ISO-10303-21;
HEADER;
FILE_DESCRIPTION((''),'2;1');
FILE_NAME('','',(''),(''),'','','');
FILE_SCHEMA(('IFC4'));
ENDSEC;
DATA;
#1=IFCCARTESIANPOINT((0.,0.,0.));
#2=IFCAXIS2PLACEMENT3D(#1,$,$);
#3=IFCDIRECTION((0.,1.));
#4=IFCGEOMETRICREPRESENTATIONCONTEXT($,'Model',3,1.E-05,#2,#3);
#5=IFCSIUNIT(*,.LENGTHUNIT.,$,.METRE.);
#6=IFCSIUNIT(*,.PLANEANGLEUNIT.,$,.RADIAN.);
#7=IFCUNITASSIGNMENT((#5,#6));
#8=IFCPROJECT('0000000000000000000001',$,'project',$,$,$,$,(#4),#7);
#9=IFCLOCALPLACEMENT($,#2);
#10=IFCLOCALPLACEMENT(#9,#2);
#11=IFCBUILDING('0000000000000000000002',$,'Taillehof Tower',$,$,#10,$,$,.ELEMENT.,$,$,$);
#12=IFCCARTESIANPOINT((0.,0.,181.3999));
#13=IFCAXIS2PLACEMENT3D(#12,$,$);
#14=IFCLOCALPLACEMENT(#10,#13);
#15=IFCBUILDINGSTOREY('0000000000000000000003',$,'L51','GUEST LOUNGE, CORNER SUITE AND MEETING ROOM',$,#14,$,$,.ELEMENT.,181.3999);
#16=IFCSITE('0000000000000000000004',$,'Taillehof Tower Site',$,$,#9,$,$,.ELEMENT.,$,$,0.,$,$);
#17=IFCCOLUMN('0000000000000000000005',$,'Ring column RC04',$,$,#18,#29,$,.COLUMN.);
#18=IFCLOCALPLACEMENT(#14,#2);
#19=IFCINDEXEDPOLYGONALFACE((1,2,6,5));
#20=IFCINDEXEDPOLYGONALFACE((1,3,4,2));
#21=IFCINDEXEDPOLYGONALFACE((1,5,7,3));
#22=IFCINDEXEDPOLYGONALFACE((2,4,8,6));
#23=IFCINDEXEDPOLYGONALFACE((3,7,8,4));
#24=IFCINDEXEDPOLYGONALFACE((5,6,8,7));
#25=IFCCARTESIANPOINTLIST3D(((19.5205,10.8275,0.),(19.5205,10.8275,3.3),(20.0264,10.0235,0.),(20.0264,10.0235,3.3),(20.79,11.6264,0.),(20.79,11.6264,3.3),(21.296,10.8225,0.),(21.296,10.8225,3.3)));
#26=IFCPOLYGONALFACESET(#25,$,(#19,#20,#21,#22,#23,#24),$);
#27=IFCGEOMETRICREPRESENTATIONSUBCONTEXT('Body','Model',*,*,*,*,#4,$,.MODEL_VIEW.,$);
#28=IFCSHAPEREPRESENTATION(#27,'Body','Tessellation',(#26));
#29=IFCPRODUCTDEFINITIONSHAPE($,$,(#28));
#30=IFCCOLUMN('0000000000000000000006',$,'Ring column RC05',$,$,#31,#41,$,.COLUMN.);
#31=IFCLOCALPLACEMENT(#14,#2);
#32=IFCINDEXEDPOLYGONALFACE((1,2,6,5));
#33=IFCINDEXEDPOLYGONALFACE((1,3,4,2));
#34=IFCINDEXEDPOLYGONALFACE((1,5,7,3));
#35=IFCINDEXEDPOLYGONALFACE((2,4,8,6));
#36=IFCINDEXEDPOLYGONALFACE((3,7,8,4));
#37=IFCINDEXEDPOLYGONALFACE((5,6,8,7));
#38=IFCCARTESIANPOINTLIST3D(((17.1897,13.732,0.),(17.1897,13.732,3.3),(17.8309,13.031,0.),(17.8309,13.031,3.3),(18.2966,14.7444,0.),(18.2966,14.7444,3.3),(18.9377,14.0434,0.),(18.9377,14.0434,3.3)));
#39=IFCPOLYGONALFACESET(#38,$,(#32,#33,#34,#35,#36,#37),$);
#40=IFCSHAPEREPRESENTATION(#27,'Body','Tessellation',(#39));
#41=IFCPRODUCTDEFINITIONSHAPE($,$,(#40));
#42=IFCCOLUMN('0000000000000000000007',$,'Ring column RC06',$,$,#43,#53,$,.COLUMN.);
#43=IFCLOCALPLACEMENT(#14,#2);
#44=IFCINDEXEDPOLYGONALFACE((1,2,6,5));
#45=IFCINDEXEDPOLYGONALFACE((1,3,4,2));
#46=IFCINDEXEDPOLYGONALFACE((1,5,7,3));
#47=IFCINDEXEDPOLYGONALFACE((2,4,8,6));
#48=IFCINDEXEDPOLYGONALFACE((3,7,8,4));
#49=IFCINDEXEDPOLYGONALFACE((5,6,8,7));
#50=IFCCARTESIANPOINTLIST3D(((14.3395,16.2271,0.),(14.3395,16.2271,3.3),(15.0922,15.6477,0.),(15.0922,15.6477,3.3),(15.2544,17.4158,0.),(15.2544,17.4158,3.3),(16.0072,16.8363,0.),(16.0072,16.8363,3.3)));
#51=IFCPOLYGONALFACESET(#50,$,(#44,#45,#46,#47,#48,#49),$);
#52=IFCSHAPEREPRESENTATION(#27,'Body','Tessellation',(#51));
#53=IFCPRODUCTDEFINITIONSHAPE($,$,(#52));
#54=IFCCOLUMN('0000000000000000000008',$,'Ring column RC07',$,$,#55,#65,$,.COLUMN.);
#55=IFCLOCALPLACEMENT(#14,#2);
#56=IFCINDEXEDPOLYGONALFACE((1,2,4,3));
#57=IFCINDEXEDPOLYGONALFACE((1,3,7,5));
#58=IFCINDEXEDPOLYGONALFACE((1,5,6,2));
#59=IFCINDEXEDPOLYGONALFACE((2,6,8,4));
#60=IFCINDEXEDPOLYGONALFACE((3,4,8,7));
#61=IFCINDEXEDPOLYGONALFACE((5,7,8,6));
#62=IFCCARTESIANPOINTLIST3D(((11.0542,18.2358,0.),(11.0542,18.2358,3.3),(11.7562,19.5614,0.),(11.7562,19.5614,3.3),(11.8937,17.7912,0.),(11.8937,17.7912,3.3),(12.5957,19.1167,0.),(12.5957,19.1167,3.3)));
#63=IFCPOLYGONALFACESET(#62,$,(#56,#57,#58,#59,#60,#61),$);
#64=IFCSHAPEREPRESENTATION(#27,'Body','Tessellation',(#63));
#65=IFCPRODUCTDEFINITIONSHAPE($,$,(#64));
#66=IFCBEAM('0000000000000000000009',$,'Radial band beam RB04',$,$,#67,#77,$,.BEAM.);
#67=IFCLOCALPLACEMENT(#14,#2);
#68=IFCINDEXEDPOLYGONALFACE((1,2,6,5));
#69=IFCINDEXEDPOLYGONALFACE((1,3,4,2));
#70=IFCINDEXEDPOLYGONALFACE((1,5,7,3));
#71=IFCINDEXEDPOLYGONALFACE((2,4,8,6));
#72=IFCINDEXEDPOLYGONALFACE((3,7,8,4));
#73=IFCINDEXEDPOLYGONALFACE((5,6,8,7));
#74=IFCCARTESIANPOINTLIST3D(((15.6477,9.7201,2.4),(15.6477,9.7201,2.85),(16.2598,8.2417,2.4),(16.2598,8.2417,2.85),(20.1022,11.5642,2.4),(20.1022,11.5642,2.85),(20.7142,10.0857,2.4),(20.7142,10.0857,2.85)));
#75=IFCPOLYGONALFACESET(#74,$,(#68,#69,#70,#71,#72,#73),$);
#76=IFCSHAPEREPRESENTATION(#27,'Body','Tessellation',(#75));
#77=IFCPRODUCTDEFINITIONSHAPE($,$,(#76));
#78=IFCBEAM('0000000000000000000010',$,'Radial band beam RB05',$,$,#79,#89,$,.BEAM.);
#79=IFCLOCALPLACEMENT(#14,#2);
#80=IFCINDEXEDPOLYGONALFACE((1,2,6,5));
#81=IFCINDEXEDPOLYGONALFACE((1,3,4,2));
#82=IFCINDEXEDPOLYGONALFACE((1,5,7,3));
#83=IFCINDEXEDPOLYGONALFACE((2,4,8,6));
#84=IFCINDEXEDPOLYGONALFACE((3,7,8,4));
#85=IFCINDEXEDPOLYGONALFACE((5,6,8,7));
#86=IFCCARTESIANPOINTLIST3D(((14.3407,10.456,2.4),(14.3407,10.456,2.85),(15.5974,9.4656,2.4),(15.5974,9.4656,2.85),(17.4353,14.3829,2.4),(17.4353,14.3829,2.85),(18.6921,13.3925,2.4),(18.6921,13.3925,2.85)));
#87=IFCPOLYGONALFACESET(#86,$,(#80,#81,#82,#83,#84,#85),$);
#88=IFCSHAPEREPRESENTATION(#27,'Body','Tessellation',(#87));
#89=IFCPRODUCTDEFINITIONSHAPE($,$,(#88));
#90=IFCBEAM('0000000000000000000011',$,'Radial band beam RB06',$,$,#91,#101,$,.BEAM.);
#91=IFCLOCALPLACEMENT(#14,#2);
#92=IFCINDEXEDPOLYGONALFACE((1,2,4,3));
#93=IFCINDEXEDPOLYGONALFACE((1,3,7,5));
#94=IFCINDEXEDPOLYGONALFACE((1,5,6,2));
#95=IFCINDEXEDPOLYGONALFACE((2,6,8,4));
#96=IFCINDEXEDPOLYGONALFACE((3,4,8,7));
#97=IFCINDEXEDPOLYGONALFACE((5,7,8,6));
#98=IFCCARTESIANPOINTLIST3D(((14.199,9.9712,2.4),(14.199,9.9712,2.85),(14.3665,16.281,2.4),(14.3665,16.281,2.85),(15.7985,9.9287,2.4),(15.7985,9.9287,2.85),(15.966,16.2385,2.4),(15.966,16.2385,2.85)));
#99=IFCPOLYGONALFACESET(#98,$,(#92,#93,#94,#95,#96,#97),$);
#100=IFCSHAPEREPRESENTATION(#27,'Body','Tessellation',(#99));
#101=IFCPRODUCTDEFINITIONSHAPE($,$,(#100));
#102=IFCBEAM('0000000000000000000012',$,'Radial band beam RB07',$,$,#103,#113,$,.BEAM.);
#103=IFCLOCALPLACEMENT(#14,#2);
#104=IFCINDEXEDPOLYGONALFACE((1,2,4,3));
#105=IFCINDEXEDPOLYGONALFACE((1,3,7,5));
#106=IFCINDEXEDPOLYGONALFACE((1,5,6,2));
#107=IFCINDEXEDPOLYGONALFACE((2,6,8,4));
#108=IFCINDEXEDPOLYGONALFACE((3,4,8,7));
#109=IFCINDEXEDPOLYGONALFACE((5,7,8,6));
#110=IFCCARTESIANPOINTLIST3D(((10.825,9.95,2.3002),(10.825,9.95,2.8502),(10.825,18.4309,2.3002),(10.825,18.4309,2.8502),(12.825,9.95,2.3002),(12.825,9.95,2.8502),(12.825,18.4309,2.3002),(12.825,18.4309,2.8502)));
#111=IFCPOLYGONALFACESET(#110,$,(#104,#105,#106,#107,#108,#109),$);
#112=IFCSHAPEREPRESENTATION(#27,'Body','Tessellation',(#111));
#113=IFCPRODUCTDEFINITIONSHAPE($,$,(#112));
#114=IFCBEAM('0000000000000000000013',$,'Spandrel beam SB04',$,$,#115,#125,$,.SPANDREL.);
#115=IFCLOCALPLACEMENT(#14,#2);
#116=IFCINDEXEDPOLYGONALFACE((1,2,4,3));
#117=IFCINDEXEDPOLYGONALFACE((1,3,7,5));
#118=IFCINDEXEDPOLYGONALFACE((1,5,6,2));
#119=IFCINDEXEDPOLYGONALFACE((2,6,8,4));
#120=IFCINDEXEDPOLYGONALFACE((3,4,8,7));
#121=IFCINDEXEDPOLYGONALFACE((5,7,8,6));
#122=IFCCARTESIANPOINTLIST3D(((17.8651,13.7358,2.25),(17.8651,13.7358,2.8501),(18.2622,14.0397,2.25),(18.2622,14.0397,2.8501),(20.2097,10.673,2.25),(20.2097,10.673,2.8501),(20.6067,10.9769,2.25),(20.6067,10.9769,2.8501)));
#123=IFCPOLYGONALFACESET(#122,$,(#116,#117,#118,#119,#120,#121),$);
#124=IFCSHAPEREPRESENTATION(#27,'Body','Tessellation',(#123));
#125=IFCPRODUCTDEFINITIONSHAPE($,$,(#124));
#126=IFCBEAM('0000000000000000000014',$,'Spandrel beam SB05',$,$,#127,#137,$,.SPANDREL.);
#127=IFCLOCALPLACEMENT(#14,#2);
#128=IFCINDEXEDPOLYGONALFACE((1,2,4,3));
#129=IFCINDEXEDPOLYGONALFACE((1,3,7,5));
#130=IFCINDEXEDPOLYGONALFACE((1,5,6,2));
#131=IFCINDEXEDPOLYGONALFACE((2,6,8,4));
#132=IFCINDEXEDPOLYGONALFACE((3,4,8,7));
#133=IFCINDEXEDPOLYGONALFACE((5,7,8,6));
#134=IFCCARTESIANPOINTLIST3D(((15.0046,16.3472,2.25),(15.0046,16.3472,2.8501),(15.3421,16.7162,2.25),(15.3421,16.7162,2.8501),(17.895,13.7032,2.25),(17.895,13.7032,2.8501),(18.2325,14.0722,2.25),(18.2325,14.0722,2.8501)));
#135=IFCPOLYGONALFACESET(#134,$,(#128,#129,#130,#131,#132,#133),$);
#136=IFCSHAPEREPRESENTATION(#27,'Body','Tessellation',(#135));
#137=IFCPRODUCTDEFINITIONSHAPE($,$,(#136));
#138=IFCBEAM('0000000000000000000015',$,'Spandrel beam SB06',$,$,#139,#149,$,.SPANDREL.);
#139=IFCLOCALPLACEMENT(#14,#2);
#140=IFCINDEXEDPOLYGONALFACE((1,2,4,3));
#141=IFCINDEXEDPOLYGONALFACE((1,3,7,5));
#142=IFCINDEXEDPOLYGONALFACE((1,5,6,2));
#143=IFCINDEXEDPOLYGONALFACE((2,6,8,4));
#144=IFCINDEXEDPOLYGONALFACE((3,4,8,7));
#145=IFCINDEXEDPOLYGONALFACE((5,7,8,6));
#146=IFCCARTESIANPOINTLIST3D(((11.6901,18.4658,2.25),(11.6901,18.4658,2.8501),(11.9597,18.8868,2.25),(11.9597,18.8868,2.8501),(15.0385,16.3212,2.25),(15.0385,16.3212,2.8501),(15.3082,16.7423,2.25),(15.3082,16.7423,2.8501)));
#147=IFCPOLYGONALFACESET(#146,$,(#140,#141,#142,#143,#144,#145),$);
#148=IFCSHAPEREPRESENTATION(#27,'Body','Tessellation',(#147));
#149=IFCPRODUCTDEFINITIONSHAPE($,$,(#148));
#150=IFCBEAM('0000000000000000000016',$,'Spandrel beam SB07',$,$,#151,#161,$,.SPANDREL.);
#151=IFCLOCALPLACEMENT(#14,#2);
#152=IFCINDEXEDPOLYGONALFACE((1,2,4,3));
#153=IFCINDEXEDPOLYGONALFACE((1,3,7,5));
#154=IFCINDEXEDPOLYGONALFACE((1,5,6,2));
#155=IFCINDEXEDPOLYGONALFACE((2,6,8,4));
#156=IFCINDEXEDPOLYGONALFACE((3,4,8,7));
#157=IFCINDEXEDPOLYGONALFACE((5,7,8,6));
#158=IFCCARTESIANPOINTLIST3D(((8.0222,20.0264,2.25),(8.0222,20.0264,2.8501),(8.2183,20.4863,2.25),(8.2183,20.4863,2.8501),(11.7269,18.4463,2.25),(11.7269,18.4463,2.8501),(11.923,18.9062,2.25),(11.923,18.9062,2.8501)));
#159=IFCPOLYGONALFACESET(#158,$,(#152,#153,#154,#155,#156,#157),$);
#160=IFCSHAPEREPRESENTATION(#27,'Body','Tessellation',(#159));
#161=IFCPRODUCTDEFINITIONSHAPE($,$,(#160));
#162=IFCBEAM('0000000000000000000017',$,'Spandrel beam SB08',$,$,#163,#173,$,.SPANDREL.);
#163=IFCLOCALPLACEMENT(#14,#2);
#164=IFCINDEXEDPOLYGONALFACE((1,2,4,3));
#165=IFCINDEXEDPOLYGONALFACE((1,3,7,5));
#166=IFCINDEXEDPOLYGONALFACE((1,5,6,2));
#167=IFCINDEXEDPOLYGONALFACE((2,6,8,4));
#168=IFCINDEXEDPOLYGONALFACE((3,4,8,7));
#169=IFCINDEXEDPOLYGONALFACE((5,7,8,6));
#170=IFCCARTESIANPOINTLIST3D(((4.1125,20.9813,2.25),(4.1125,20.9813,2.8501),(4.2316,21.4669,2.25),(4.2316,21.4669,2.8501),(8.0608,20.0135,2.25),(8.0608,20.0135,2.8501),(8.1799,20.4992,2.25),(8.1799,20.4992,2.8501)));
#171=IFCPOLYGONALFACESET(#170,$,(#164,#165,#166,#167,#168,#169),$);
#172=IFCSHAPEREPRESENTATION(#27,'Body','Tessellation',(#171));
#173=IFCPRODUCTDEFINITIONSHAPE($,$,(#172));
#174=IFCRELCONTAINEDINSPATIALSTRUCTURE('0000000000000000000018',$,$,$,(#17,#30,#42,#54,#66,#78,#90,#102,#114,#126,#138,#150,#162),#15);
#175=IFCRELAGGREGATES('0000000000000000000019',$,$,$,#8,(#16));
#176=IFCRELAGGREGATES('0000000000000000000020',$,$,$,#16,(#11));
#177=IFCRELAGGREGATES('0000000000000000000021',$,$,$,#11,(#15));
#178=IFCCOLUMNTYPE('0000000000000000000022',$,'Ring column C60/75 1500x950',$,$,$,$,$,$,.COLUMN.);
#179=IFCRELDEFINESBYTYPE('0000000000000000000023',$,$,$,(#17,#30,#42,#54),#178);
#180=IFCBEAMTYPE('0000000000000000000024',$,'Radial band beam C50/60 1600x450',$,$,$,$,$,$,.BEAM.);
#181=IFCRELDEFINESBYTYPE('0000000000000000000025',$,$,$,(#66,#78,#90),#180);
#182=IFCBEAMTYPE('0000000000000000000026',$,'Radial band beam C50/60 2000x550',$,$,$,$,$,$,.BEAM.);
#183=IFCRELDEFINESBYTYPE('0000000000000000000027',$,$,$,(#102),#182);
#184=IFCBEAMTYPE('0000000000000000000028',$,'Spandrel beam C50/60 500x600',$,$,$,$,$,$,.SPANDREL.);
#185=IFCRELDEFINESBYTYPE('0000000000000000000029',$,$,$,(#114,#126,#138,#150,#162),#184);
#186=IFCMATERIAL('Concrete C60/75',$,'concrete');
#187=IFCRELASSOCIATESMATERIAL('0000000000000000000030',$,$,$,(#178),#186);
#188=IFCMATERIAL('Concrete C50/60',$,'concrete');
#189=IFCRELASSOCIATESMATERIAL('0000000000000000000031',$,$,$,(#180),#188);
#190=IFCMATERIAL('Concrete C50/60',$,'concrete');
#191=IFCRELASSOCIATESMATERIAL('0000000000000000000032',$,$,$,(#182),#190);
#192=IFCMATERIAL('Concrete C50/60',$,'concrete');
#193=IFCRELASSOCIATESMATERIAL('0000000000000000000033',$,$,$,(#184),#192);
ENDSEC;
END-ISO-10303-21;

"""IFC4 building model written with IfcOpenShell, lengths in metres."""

from ifc_helpers import new_model, si_unit, direction, frame, origin, origin_2d, place, context, subcontext, project, spatial, rectangle, extrude, material, material_profile, profile_set, type_object, element, save


model = new_model("IFC4")

# Units and contexts
model_context = context("Model", 3, precision=1e-05, world=origin(), true_north=direction((0.0, 1.0)))
body_context = subcontext(model_context, "Body", "Model", "MODEL_VIEW")
ifc_project = project(units=[si_unit("LENGTHUNIT", "METRE"), si_unit("PLANEANGLEUNIT", "RADIAN")], contexts=[model_context])

# Site, building, storey
site_placement = place(None, origin())
site = spatial("IfcSite", under=ifc_project, at=site_placement, Name="Taillehof Tower Site", CompositionType="ELEMENT", RefElevation=0.0)
building_placement = place(site_placement, origin())
building = spatial("IfcBuilding", under=site, at=building_placement, Name="Taillehof Tower", CompositionType="ELEMENT")
storey_placement = place(building_placement, frame((0.0, 0.0, 181.3999)))
storey = spatial("IfcBuildingStorey", under=building, at=storey_placement, Name="L51", Description="GUEST LOUNGE, CORNER SUITE AND MEETING ROOM", CompositionType="ELEMENT", Elevation=181.3999)

# Columns
ifc_material_1 = material(Name="Concrete C60/75", Category="concrete")
ifc_material_profile_1 = material_profile(ifc_material_1, rectangle(XDim=1.5, YDim=0.95, at=origin_2d()), Name="RC 1500x950")
ifc_profile_set_1 = profile_set([ifc_material_profile_1], Name="Concrete C60/75")
column_type = type_object("IfcColumnType", Name="Ring column C60/75 1500x950", PredefinedType="COLUMN", material=ifc_profile_set_1)
for number, where, z_axis, x_axis, name in (
    (1, (20.4082, 10.825, 0.0), (0.0, 0.0, 1.0), (0.846334, 0.532652, 0.0), "Ring column RC04"),
    (2, (18.0637, 13.8877, 0.0), (0.0, 0.0, 1.0), (0.737879, 0.674933, 0.0), "Ring column RC05"),
    (3, (15.1733, 16.5317, 0.0), (0.0, 0.0, 1.0), (0.609971, 0.792424, 0.0), "Ring column RC06"),
    (4, (11.825, 18.6763, 0.0), (0.0, 0.0, 1.0), (0.468042, 0.883706, 0.0), "Ring column RC07"),
):
    element("IfcColumn", number, at=place(storey_placement, frame(where, z_axis=z_axis, x_axis=x_axis)), inside=storey, type_object=column_type, Name=name, PredefinedType="COLUMN", context=body_context, shape_type="SweptSolid", body=[
        extrude(rectangle(XDim=1.5, YDim=0.95, at=origin_2d()), origin(), (0.0, 0.0, 1.0), 3.3),
    ])

# Beams
ifc_material_2 = material(Name="Concrete C50/60", Category="concrete")
ifc_material_profile_2 = material_profile(ifc_material_2, rectangle(XDim=1.6001, YDim=0.45, at=origin_2d()), Name="RC 1600x450")
ifc_profile_set_2 = profile_set([ifc_material_profile_2], Name="Concrete C50/60")
beam_type_1 = type_object("IfcBeamType", Name="Radial band beam C50/60 1600x450", PredefinedType="BEAM", material=ifc_profile_set_2)
beam_1_placement = place(storey_placement, frame((20.4082, 10.825, 2.625), z_axis=(-0.923957, -0.382496, 0.0), x_axis=(0.382496, -0.923957, 0.0)))
element("IfcBeam", 5, at=beam_1_placement, inside=storey, type_object=beam_type_1, Name="Radial band beam RB04", PredefinedType="BEAM", context=body_context, shape_type="SweptSolid", body=[
    extrude(rectangle(XDim=1.6001, YDim=0.45, at=origin_2d()), origin(), (0.0, 0.0, 1.0), 4.821),
])
beam_2_placement = place(storey_placement, frame((18.0637, 13.8877, 2.625), z_axis=(-0.618962, -0.785421, 0.0), x_axis=(0.785421, -0.618962, 0.0)))
element("IfcBeam", 6, at=beam_2_placement, inside=storey, type_object=beam_type_1, Name="Radial band beam RB05", PredefinedType="BEAM", context=body_context, shape_type="SweptSolid", body=[
    extrude(rectangle(XDim=1.6001, YDim=0.45, at=origin_2d()), origin(), (0.0, 0.0, 1.0), 4.9998),
])
beam_3_placement = place(storey_placement, frame((15.1663, 16.2598, 2.625), z_axis=(-0.026534, -0.999648, 0.0), x_axis=(0.999648, -0.026534, 0.0)))
element("IfcBeam", 7, at=beam_3_placement, inside=storey, type_object=beam_type_1, Name="Radial band beam RB06", PredefinedType="BEAM", context=body_context, shape_type="SweptSolid", body=[
    extrude(rectangle(XDim=1.6001, YDim=0.45, at=origin_2d()), origin(), (0.0, 0.0, 1.0), 6.312),
])
ifc_material_3 = material(Name="Concrete C50/60", Category="concrete")
ifc_material_profile_3 = material_profile(ifc_material_3, rectangle(XDim=2.0, YDim=0.55, at=origin_2d()), Name="RC 2000x550")
ifc_profile_set_3 = profile_set([ifc_material_profile_3], Name="Concrete C50/60")
beam_type_2 = type_object("IfcBeamType", Name="Radial band beam C50/60 2000x550", PredefinedType="BEAM", material=ifc_profile_set_3)
beam_4_placement = place(storey_placement, frame((11.825, 18.4309, 2.5752), z_axis=(0.0, -1.0, 0.0), x_axis=(1.0, 0.0, 0.0)))
element("IfcBeam", 8, at=beam_4_placement, inside=storey, type_object=beam_type_2, Name="Radial band beam RB07", PredefinedType="BEAM", context=body_context, shape_type="SweptSolid", body=[
    extrude(rectangle(XDim=2.0, YDim=0.55, at=origin_2d()), origin(), (0.0, 0.0, 1.0), 8.481),
])
ifc_material_4 = material(Name="Concrete C50/60", Category="concrete")
ifc_material_profile_4 = material_profile(ifc_material_4, rectangle(XDim=0.5, YDim=0.6001, at=origin_2d()), Name="RC 500x600")
ifc_profile_set_4 = profile_set([ifc_material_profile_4], Name="Concrete C50/60")
beam_type_3 = type_object("IfcBeamType", Name="Spandrel beam C50/60 500x600", PredefinedType="SPANDREL", material=ifc_profile_set_4)
beam_5_placement = place(storey_placement, frame((20.4082, 10.825, 2.55), z_axis=(-0.60784, 0.794059, 0.0), x_axis=(-0.794059, -0.60784, 0.0)))
element("IfcBeam", 9, at=beam_5_placement, inside=storey, type_object=beam_type_3, Name="Spandrel beam SB04", PredefinedType="SPANDREL", context=body_context, shape_type="SweptSolid", body=[
    extrude(rectangle(XDim=0.5, YDim=0.6001, at=origin_2d()), origin(), (0.0, 0.0, 1.0), 3.8572),
])
beam_6_placement = place(storey_placement, frame((18.0637, 13.8877, 2.55), z_axis=(-0.73785, 0.674965, 0.0), x_axis=(-0.674965, -0.73785, 0.0)))
element("IfcBeam", 10, at=beam_6_placement, inside=storey, type_object=beam_type_3, Name="Spandrel beam SB05", PredefinedType="SPANDREL", context=body_context, shape_type="SweptSolid", body=[
    extrude(rectangle(XDim=0.5, YDim=0.6001, at=origin_2d()), origin(), (0.0, 0.0, 1.0), 3.9172),
])
beam_7_placement = place(storey_placement, frame((15.1733, 16.5317, 2.55), z_axis=(-0.842093, 0.539332, 0.0), x_axis=(-0.539332, -0.842093, 0.0)))
element("IfcBeam", 11, at=beam_7_placement, inside=storey, type_object=beam_type_3, Name="Spandrel beam SB06", PredefinedType="SPANDREL", context=body_context, shape_type="SweptSolid", body=[
    extrude(rectangle(XDim=0.5, YDim=0.6001, at=origin_2d()), origin(), (0.0, 0.0, 1.0), 3.9763),
])
beam_8_placement = place(storey_placement, frame((11.825, 18.6763, 2.55), z_axis=(-0.919827, 0.392324, 0.0), x_axis=(-0.392324, -0.919827, 0.0)))
element("IfcBeam", 12, at=beam_8_placement, inside=storey, type_object=beam_type_3, Name="Spandrel beam SB07", PredefinedType="SPANDREL", context=body_context, shape_type="SweptSolid", body=[
    extrude(rectangle(XDim=0.5, YDim=0.6001, at=origin_2d()), origin(), (0.0, 0.0, 1.0), 4.0276),
])
beam_9_placement = place(storey_placement, frame((8.1204, 20.2563, 2.55), z_axis=(-0.971249, 0.238068, 0.0), x_axis=(-0.238068, -0.971249, 0.0)))
element("IfcBeam", 13, at=beam_9_placement, inside=storey, type_object=beam_type_3, Name="Spandrel beam SB08", PredefinedType="SPANDREL", context=body_context, shape_type="SweptSolid", body=[
    extrude(rectangle(XDim=0.5, YDim=0.6001, at=origin_2d()), origin(), (0.0, 0.0, 1.0), 4.0652),
])

save(model, "model.ifc")
